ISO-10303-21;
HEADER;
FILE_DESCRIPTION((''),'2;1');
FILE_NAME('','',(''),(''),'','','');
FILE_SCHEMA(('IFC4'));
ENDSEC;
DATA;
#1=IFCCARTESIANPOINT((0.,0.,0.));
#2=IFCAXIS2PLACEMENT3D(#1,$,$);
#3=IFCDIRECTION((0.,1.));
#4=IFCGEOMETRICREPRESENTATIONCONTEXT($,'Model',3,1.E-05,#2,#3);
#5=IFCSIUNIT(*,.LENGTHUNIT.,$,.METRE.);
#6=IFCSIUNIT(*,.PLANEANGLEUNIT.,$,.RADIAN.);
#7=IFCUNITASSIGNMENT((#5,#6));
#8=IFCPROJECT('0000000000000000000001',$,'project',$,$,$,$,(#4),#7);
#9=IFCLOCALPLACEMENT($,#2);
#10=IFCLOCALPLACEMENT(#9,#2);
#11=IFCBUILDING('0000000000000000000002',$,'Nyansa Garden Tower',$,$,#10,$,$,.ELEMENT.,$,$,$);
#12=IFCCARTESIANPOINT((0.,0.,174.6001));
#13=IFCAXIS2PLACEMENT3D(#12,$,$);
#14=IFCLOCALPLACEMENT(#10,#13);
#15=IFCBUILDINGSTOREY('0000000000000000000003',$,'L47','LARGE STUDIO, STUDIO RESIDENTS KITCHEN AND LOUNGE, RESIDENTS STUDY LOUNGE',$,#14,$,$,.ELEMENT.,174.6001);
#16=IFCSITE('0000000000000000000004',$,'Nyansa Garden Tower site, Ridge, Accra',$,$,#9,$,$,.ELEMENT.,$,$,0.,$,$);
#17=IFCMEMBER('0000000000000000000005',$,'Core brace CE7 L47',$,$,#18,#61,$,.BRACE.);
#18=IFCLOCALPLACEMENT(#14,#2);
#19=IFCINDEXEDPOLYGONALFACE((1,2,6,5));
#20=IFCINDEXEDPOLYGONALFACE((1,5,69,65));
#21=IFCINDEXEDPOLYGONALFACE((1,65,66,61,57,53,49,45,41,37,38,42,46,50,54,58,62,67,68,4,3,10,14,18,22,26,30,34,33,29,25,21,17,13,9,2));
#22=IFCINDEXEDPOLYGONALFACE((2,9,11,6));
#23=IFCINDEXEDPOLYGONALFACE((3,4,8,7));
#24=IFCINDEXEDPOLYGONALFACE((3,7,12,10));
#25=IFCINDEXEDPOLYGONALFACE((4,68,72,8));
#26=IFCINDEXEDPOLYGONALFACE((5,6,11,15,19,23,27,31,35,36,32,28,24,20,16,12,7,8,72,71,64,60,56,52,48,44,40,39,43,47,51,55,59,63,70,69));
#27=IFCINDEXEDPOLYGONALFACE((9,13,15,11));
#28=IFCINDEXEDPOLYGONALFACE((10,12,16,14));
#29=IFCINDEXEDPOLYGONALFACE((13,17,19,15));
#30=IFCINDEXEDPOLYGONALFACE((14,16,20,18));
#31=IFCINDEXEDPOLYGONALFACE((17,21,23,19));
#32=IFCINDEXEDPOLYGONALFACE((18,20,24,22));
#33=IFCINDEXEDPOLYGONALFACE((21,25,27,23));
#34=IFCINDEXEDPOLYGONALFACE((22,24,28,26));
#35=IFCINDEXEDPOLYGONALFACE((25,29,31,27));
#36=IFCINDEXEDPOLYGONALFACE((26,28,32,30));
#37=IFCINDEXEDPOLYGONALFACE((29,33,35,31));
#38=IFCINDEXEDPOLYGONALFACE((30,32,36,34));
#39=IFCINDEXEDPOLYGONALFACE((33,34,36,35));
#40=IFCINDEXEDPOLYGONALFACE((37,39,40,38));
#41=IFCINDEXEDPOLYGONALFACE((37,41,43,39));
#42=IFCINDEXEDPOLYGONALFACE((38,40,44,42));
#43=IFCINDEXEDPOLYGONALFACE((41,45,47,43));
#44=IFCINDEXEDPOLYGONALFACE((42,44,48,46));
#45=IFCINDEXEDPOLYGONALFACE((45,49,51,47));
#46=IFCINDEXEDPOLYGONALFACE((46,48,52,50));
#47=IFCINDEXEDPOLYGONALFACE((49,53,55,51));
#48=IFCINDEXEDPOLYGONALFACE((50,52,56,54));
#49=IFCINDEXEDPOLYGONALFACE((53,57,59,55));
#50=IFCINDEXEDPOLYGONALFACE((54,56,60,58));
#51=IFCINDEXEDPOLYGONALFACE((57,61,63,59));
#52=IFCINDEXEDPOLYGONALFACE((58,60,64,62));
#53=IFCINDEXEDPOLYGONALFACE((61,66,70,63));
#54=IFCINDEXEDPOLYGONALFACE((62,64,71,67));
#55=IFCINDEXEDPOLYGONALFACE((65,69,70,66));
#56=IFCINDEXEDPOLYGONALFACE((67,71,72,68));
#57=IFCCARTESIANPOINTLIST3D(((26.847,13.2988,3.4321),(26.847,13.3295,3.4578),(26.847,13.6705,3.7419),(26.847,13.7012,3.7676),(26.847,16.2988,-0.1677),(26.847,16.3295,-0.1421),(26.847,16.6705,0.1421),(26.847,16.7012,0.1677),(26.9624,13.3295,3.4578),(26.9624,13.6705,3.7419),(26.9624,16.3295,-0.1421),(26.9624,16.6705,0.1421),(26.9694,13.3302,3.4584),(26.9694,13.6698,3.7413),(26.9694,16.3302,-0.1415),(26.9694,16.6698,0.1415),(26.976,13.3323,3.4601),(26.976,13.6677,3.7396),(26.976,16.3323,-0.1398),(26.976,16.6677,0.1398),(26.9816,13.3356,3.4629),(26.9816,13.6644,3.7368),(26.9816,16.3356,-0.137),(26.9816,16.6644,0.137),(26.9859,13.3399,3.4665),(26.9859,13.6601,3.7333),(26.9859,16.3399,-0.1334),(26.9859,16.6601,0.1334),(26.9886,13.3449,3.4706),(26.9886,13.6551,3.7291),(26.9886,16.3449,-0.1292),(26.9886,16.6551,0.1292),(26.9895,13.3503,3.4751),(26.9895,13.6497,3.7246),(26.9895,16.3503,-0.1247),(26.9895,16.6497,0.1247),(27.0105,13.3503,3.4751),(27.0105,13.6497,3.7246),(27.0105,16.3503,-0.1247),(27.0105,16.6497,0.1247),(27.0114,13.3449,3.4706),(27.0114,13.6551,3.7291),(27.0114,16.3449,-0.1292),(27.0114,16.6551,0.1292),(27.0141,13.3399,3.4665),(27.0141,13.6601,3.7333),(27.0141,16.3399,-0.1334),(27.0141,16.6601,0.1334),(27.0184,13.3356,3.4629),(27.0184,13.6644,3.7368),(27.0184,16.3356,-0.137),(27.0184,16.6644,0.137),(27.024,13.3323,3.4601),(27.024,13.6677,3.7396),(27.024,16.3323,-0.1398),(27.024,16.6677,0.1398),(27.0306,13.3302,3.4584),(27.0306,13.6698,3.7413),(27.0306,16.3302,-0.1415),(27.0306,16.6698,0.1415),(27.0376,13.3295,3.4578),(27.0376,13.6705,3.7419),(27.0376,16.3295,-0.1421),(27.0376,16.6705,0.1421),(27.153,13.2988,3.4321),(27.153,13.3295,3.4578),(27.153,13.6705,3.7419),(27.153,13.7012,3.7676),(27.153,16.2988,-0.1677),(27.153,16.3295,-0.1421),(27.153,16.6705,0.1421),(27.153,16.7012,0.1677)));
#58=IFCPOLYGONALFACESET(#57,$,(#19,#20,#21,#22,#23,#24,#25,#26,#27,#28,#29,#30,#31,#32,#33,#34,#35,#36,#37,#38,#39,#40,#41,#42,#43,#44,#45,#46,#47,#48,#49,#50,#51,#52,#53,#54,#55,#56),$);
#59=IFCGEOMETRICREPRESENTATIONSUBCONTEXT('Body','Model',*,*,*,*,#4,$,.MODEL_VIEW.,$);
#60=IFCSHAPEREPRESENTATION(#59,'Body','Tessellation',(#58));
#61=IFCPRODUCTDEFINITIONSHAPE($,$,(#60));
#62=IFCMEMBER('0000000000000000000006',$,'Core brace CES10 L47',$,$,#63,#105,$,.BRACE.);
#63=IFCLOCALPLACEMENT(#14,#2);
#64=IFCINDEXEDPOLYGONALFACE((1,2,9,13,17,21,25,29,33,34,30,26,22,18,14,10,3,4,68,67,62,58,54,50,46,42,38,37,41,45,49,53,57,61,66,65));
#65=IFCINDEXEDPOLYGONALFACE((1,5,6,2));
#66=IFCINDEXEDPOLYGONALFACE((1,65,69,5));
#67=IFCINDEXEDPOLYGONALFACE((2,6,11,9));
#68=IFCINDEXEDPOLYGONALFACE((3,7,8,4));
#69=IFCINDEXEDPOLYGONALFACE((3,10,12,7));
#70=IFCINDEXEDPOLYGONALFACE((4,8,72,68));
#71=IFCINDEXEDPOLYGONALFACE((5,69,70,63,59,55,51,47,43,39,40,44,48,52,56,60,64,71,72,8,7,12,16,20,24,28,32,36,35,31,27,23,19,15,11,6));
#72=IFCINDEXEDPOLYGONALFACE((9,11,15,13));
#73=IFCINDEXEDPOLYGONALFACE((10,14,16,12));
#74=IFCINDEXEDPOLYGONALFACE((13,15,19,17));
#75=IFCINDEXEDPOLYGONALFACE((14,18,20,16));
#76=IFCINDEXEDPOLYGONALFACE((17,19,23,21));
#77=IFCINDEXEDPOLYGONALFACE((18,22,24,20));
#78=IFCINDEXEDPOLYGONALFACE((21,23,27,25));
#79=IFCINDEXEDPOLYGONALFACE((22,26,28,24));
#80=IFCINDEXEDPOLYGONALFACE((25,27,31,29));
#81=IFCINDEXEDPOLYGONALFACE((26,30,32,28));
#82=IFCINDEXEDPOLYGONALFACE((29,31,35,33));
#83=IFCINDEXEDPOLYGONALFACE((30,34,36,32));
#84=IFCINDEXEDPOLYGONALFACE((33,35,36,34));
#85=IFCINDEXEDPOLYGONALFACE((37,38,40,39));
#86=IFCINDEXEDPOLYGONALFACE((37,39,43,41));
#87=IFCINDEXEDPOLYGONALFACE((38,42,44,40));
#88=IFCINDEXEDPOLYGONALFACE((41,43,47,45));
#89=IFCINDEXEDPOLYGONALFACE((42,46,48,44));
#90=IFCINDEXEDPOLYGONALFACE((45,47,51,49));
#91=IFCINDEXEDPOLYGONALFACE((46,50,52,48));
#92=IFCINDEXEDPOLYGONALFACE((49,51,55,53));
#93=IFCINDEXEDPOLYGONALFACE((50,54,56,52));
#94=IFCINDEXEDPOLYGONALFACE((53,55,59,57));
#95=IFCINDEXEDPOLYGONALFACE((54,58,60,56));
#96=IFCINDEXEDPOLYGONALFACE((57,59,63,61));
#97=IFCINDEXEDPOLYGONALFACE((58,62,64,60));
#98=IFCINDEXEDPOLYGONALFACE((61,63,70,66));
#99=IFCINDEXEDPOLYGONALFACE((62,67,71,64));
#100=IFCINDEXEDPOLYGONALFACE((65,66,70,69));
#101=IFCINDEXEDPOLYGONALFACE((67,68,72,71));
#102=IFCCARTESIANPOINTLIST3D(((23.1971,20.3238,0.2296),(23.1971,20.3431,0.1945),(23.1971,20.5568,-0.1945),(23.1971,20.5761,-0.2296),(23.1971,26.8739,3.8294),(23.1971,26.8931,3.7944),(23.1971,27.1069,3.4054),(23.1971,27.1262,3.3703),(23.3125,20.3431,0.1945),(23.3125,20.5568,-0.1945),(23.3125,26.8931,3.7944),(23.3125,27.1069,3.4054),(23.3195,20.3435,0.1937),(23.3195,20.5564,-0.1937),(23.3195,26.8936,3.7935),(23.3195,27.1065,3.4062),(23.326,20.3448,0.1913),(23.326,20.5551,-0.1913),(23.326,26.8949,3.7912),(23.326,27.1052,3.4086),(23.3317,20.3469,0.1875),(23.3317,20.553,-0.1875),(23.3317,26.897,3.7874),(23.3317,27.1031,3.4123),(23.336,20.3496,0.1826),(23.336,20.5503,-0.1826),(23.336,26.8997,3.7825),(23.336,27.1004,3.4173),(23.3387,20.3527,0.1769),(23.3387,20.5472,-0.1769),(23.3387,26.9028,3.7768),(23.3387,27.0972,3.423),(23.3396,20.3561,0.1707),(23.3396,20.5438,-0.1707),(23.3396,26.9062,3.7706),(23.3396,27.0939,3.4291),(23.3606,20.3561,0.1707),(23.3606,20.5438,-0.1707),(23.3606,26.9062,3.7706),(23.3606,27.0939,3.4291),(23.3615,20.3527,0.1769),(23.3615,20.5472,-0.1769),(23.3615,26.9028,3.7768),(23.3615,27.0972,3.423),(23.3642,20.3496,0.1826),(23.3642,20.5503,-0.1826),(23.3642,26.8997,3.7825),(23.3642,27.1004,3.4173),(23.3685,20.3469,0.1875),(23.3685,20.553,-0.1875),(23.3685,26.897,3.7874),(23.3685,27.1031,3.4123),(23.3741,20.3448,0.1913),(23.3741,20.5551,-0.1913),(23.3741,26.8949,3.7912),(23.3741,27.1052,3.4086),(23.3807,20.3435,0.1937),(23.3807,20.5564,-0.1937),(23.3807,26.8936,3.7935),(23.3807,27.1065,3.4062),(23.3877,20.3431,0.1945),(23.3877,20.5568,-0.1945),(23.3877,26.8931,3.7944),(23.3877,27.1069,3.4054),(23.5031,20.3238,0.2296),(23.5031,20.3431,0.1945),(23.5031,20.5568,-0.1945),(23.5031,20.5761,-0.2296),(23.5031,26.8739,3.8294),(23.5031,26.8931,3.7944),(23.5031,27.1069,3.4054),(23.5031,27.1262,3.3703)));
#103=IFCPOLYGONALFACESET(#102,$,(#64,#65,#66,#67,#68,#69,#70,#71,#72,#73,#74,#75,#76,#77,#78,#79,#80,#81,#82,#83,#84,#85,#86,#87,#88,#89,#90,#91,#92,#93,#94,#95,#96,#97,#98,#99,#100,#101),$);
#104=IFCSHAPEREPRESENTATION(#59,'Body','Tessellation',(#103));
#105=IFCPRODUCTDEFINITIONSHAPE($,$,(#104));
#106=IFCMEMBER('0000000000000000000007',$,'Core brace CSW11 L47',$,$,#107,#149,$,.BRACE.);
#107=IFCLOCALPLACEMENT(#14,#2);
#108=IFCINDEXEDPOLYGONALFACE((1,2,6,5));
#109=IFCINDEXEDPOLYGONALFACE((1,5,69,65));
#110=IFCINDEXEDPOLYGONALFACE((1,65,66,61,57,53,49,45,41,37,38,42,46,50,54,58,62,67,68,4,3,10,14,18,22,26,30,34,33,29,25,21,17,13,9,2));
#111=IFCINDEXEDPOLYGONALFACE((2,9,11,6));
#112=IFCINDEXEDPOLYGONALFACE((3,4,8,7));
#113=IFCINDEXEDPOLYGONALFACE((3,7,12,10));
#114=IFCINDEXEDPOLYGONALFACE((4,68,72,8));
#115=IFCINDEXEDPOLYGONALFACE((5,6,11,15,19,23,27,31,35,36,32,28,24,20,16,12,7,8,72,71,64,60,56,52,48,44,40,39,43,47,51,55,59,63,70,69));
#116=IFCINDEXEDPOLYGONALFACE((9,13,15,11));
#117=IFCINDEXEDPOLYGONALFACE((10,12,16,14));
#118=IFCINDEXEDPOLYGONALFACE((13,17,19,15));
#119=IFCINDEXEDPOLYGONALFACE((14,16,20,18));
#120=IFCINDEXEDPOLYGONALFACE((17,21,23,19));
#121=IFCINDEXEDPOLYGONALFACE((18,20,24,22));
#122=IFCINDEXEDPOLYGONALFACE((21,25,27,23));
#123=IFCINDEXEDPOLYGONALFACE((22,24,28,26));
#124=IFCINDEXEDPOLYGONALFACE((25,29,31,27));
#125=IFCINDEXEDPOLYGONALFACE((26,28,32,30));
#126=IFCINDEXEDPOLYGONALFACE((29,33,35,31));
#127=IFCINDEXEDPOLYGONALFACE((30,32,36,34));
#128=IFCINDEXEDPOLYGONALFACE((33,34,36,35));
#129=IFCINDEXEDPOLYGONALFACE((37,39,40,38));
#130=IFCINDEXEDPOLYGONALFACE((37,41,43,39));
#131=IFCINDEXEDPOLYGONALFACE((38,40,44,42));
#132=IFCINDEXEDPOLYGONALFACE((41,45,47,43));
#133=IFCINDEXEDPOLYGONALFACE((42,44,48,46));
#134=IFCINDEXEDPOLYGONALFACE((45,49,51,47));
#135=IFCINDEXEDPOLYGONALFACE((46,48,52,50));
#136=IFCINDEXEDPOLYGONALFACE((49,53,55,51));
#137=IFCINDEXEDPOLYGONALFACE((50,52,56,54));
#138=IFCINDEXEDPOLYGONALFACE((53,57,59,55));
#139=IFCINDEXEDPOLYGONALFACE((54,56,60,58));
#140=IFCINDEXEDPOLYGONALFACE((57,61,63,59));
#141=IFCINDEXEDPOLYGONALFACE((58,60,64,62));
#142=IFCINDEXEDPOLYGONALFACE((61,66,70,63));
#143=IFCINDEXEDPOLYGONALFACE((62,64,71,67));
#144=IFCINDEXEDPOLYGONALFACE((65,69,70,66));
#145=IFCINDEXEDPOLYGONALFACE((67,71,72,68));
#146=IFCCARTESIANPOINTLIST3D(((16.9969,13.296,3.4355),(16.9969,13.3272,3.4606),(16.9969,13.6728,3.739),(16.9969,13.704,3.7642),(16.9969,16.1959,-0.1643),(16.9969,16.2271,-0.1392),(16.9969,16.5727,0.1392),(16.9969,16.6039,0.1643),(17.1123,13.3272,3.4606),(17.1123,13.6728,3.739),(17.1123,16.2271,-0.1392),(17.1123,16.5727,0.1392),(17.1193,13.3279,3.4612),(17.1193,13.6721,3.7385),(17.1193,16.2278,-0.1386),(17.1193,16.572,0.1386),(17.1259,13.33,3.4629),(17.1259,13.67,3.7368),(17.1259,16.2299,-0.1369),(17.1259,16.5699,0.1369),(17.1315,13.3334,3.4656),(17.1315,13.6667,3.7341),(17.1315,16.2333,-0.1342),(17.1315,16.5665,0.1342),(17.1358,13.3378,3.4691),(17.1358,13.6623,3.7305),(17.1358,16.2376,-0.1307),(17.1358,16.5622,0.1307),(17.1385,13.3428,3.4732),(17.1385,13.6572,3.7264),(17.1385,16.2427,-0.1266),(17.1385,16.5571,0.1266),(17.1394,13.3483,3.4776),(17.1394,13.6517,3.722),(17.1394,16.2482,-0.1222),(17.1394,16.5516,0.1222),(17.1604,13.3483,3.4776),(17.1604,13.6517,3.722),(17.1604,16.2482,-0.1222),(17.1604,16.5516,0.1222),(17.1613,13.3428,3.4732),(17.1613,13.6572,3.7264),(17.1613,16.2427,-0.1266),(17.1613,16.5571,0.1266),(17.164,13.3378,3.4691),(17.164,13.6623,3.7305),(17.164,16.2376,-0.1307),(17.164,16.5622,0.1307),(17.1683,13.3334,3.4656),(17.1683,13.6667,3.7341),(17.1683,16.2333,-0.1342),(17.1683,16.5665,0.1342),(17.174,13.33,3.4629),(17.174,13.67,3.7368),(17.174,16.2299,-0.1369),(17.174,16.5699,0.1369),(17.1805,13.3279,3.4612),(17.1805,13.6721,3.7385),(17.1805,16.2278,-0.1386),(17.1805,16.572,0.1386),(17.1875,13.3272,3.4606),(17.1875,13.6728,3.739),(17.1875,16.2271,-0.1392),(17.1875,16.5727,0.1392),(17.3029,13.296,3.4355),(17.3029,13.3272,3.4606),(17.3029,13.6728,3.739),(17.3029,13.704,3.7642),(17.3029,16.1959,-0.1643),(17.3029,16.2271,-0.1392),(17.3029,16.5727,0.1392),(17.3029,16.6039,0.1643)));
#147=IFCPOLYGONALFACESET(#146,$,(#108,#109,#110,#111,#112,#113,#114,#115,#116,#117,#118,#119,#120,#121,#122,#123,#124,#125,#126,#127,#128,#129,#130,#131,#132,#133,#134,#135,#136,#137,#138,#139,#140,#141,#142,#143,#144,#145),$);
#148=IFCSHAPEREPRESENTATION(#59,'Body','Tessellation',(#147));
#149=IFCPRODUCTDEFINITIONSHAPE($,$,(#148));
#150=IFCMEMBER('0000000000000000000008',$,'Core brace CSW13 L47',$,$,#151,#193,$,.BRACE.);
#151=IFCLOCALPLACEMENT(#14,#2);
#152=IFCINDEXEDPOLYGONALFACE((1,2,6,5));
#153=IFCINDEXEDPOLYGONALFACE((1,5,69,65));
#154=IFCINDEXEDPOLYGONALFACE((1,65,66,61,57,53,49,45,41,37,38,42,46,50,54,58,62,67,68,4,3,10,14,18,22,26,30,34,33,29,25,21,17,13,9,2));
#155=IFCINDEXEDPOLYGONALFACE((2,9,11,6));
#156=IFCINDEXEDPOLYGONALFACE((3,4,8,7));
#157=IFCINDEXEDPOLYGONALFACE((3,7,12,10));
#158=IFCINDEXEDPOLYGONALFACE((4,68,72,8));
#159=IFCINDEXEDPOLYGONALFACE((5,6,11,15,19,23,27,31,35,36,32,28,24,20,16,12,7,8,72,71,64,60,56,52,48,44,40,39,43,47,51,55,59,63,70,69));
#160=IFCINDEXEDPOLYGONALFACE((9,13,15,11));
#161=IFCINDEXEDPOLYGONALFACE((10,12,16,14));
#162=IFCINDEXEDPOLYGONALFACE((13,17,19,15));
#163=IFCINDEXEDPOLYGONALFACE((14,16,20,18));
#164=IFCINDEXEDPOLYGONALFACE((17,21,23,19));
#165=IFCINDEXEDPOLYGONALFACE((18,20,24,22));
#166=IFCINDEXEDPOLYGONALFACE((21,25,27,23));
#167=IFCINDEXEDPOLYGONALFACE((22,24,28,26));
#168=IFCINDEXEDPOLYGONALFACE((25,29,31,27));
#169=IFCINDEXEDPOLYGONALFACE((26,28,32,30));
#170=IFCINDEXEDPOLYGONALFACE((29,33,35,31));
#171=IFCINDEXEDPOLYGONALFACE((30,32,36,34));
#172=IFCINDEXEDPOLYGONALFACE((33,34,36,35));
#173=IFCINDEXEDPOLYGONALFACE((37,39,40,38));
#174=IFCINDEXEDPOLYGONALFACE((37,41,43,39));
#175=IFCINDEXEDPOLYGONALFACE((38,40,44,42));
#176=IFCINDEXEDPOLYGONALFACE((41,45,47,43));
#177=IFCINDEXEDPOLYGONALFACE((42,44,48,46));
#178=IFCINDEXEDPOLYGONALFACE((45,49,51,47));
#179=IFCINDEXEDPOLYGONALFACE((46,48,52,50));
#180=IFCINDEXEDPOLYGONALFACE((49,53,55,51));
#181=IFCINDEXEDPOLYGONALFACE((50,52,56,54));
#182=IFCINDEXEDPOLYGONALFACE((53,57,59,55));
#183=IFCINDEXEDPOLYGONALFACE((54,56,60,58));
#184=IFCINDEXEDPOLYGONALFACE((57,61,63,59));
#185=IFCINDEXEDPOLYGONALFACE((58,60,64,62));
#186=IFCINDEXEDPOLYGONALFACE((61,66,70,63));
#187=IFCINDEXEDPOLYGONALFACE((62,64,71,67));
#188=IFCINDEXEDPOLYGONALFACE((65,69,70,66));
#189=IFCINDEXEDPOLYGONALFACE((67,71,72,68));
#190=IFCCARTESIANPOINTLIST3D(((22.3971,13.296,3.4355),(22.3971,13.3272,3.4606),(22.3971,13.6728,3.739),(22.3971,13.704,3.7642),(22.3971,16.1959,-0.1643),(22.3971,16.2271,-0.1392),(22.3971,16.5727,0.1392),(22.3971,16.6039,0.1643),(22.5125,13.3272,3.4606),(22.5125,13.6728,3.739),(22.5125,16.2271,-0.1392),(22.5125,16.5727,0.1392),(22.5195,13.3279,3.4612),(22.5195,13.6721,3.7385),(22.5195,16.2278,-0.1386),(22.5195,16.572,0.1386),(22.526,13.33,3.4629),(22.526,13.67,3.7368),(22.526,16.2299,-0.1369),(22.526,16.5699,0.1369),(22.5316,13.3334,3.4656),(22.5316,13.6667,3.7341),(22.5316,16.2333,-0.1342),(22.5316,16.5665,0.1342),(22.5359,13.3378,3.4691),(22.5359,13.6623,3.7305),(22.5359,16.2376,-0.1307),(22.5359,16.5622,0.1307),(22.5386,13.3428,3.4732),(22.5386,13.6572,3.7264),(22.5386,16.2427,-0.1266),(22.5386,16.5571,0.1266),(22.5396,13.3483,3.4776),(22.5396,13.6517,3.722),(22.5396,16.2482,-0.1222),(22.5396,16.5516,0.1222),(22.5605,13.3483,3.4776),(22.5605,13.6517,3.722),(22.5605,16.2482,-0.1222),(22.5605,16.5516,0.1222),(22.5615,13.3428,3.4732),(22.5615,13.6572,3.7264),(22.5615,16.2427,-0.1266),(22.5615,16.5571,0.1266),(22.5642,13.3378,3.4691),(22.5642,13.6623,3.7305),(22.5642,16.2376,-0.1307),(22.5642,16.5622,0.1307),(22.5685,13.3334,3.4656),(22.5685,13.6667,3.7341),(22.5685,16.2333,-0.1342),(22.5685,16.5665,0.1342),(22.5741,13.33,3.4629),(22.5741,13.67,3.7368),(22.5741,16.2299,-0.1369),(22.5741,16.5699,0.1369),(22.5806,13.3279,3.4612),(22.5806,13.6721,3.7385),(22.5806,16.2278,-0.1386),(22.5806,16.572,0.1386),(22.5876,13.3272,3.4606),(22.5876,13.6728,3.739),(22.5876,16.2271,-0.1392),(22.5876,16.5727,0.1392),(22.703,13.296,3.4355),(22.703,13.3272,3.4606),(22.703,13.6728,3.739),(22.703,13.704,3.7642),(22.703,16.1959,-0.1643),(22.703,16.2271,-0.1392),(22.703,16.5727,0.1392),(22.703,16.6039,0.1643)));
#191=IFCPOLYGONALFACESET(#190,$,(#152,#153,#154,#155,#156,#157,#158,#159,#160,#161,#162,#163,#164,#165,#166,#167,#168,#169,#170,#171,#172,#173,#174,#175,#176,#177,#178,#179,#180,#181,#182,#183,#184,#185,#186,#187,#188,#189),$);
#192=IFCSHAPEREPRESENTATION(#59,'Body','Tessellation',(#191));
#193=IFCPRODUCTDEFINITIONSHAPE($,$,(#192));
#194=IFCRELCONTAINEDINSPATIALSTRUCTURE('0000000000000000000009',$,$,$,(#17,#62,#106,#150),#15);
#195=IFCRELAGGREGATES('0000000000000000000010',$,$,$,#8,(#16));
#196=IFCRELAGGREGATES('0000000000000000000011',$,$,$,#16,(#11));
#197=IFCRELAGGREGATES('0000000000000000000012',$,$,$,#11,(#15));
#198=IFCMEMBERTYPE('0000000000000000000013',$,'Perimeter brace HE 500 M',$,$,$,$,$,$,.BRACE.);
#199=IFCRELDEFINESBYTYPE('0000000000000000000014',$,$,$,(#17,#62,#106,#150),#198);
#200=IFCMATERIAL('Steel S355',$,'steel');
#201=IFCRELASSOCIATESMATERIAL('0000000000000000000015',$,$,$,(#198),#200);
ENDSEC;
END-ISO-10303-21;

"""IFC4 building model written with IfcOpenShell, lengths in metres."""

from ifc_helpers import new_model, si_unit, direction, frame, origin, origin_2d, place, context, subcontext, project, spatial, i_section, extrude, material, material_profile, profile_set, type_object, element, save


model = new_model("IFC4")

# Units and contexts
model_context = context("Model", 3, precision=1e-05, world=origin(), true_north=direction((0.0, 1.0)))
body_context = subcontext(model_context, "Body", "Model", "MODEL_VIEW")
ifc_project = project(units=[si_unit("LENGTHUNIT", "METRE"), si_unit("PLANEANGLEUNIT", "RADIAN")], contexts=[model_context])

# Site, building, storey
site_placement = place(None, origin())
site = spatial("IfcSite", under=ifc_project, at=site_placement, Name="Nyansa Garden Tower site, Ridge, Accra", CompositionType="ELEMENT", RefElevation=0.0)
building_placement = place(site_placement, origin())
building = spatial("IfcBuilding", under=site, at=building_placement, Name="Nyansa Garden Tower", CompositionType="ELEMENT")
storey_placement = place(building_placement, frame((0.0, 0.0, 174.6001)))
storey = spatial("IfcBuildingStorey", under=building, at=storey_placement, Name="L47", Description="LARGE STUDIO, STUDIO RESIDENTS KITCHEN AND LOUNGE, RESIDENTS STUDY LOUNGE", CompositionType="ELEMENT", Elevation=174.6001)

# Members
ifc_material_1 = material(Name="Steel S355", Category="steel")
ifc_material_profile = material_profile(ifc_material_1, i_section(OverallWidth=0.3059, OverallDepth=0.5239, WebThickness=0.021, FlangeThickness=0.04, FilletRadius=0.0271, at=origin_2d()), Name="HE 500 M")
ifc_profile_set = profile_set([ifc_material_profile], Name="Steel S355")
member_type = type_object("IfcMemberType", Name="Perimeter brace HE 500 M", PredefinedType="BRACE", material=ifc_profile_set)
member_1_placement = place(storey_placement, frame((27.0, 16.5, 0.0), z_axis=(0.0, -0.6402, 0.768208), x_axis=(1.0, 0.0, 0.0)))
element("IfcMember", 1, at=member_1_placement, inside=storey, type_object=member_type, Name="Core brace CE7 L47", PredefinedType="BRACE", context=body_context, shape_type="SweptSolid", body=[
    extrude(i_section(OverallWidth=0.3059, OverallDepth=0.5239, WebThickness=0.021, FlangeThickness=0.04, FilletRadius=0.0271, at=origin_2d()), origin(), (0.0, 0.0, 1.0), 4.686),
])
member_2_placement = place(storey_placement, frame((23.3501, 20.45, 0.0), z_axis=(0.0, 0.876367, 0.481644), x_axis=(-1.0, 0.0, 0.0)))
element("IfcMember", 2, at=member_2_placement, inside=storey, type_object=member_type, Name="Core brace CES10 L47", PredefinedType="BRACE", context=body_context, shape_type="SweptSolid", body=[
    extrude(i_section(OverallWidth=0.3059, OverallDepth=0.5239, WebThickness=0.021, FlangeThickness=0.04, FilletRadius=0.0271, at=origin_2d()), origin(), (0.0, 0.0, 1.0), 7.4741),
])
for number, where, z_axis, x_axis, name in (
    (3, (17.1499, 16.3999, 0.0), (0.0, -0.627332, 0.778752), (1.0, 0.0, 0.0), "Core brace CSW11 L47"),
    (4, (22.55, 16.3999, 0.0), (0.0, -0.627332, 0.778752), (1.0, 0.0, 0.0), "Core brace CSW13 L47"),
):
    element("IfcMember", number, at=place(storey_placement, frame(where, z_axis=z_axis, x_axis=x_axis)), inside=storey, type_object=member_type, Name=name, PredefinedType="BRACE", context=body_context, shape_type="SweptSolid", body=[
        extrude(i_section(OverallWidth=0.3059, OverallDepth=0.5239, WebThickness=0.021, FlangeThickness=0.04, FilletRadius=0.0271, at=origin_2d()), origin(), (0.0, 0.0, 1.0), 4.6226),
    ])

save(model, "model.ifc")
